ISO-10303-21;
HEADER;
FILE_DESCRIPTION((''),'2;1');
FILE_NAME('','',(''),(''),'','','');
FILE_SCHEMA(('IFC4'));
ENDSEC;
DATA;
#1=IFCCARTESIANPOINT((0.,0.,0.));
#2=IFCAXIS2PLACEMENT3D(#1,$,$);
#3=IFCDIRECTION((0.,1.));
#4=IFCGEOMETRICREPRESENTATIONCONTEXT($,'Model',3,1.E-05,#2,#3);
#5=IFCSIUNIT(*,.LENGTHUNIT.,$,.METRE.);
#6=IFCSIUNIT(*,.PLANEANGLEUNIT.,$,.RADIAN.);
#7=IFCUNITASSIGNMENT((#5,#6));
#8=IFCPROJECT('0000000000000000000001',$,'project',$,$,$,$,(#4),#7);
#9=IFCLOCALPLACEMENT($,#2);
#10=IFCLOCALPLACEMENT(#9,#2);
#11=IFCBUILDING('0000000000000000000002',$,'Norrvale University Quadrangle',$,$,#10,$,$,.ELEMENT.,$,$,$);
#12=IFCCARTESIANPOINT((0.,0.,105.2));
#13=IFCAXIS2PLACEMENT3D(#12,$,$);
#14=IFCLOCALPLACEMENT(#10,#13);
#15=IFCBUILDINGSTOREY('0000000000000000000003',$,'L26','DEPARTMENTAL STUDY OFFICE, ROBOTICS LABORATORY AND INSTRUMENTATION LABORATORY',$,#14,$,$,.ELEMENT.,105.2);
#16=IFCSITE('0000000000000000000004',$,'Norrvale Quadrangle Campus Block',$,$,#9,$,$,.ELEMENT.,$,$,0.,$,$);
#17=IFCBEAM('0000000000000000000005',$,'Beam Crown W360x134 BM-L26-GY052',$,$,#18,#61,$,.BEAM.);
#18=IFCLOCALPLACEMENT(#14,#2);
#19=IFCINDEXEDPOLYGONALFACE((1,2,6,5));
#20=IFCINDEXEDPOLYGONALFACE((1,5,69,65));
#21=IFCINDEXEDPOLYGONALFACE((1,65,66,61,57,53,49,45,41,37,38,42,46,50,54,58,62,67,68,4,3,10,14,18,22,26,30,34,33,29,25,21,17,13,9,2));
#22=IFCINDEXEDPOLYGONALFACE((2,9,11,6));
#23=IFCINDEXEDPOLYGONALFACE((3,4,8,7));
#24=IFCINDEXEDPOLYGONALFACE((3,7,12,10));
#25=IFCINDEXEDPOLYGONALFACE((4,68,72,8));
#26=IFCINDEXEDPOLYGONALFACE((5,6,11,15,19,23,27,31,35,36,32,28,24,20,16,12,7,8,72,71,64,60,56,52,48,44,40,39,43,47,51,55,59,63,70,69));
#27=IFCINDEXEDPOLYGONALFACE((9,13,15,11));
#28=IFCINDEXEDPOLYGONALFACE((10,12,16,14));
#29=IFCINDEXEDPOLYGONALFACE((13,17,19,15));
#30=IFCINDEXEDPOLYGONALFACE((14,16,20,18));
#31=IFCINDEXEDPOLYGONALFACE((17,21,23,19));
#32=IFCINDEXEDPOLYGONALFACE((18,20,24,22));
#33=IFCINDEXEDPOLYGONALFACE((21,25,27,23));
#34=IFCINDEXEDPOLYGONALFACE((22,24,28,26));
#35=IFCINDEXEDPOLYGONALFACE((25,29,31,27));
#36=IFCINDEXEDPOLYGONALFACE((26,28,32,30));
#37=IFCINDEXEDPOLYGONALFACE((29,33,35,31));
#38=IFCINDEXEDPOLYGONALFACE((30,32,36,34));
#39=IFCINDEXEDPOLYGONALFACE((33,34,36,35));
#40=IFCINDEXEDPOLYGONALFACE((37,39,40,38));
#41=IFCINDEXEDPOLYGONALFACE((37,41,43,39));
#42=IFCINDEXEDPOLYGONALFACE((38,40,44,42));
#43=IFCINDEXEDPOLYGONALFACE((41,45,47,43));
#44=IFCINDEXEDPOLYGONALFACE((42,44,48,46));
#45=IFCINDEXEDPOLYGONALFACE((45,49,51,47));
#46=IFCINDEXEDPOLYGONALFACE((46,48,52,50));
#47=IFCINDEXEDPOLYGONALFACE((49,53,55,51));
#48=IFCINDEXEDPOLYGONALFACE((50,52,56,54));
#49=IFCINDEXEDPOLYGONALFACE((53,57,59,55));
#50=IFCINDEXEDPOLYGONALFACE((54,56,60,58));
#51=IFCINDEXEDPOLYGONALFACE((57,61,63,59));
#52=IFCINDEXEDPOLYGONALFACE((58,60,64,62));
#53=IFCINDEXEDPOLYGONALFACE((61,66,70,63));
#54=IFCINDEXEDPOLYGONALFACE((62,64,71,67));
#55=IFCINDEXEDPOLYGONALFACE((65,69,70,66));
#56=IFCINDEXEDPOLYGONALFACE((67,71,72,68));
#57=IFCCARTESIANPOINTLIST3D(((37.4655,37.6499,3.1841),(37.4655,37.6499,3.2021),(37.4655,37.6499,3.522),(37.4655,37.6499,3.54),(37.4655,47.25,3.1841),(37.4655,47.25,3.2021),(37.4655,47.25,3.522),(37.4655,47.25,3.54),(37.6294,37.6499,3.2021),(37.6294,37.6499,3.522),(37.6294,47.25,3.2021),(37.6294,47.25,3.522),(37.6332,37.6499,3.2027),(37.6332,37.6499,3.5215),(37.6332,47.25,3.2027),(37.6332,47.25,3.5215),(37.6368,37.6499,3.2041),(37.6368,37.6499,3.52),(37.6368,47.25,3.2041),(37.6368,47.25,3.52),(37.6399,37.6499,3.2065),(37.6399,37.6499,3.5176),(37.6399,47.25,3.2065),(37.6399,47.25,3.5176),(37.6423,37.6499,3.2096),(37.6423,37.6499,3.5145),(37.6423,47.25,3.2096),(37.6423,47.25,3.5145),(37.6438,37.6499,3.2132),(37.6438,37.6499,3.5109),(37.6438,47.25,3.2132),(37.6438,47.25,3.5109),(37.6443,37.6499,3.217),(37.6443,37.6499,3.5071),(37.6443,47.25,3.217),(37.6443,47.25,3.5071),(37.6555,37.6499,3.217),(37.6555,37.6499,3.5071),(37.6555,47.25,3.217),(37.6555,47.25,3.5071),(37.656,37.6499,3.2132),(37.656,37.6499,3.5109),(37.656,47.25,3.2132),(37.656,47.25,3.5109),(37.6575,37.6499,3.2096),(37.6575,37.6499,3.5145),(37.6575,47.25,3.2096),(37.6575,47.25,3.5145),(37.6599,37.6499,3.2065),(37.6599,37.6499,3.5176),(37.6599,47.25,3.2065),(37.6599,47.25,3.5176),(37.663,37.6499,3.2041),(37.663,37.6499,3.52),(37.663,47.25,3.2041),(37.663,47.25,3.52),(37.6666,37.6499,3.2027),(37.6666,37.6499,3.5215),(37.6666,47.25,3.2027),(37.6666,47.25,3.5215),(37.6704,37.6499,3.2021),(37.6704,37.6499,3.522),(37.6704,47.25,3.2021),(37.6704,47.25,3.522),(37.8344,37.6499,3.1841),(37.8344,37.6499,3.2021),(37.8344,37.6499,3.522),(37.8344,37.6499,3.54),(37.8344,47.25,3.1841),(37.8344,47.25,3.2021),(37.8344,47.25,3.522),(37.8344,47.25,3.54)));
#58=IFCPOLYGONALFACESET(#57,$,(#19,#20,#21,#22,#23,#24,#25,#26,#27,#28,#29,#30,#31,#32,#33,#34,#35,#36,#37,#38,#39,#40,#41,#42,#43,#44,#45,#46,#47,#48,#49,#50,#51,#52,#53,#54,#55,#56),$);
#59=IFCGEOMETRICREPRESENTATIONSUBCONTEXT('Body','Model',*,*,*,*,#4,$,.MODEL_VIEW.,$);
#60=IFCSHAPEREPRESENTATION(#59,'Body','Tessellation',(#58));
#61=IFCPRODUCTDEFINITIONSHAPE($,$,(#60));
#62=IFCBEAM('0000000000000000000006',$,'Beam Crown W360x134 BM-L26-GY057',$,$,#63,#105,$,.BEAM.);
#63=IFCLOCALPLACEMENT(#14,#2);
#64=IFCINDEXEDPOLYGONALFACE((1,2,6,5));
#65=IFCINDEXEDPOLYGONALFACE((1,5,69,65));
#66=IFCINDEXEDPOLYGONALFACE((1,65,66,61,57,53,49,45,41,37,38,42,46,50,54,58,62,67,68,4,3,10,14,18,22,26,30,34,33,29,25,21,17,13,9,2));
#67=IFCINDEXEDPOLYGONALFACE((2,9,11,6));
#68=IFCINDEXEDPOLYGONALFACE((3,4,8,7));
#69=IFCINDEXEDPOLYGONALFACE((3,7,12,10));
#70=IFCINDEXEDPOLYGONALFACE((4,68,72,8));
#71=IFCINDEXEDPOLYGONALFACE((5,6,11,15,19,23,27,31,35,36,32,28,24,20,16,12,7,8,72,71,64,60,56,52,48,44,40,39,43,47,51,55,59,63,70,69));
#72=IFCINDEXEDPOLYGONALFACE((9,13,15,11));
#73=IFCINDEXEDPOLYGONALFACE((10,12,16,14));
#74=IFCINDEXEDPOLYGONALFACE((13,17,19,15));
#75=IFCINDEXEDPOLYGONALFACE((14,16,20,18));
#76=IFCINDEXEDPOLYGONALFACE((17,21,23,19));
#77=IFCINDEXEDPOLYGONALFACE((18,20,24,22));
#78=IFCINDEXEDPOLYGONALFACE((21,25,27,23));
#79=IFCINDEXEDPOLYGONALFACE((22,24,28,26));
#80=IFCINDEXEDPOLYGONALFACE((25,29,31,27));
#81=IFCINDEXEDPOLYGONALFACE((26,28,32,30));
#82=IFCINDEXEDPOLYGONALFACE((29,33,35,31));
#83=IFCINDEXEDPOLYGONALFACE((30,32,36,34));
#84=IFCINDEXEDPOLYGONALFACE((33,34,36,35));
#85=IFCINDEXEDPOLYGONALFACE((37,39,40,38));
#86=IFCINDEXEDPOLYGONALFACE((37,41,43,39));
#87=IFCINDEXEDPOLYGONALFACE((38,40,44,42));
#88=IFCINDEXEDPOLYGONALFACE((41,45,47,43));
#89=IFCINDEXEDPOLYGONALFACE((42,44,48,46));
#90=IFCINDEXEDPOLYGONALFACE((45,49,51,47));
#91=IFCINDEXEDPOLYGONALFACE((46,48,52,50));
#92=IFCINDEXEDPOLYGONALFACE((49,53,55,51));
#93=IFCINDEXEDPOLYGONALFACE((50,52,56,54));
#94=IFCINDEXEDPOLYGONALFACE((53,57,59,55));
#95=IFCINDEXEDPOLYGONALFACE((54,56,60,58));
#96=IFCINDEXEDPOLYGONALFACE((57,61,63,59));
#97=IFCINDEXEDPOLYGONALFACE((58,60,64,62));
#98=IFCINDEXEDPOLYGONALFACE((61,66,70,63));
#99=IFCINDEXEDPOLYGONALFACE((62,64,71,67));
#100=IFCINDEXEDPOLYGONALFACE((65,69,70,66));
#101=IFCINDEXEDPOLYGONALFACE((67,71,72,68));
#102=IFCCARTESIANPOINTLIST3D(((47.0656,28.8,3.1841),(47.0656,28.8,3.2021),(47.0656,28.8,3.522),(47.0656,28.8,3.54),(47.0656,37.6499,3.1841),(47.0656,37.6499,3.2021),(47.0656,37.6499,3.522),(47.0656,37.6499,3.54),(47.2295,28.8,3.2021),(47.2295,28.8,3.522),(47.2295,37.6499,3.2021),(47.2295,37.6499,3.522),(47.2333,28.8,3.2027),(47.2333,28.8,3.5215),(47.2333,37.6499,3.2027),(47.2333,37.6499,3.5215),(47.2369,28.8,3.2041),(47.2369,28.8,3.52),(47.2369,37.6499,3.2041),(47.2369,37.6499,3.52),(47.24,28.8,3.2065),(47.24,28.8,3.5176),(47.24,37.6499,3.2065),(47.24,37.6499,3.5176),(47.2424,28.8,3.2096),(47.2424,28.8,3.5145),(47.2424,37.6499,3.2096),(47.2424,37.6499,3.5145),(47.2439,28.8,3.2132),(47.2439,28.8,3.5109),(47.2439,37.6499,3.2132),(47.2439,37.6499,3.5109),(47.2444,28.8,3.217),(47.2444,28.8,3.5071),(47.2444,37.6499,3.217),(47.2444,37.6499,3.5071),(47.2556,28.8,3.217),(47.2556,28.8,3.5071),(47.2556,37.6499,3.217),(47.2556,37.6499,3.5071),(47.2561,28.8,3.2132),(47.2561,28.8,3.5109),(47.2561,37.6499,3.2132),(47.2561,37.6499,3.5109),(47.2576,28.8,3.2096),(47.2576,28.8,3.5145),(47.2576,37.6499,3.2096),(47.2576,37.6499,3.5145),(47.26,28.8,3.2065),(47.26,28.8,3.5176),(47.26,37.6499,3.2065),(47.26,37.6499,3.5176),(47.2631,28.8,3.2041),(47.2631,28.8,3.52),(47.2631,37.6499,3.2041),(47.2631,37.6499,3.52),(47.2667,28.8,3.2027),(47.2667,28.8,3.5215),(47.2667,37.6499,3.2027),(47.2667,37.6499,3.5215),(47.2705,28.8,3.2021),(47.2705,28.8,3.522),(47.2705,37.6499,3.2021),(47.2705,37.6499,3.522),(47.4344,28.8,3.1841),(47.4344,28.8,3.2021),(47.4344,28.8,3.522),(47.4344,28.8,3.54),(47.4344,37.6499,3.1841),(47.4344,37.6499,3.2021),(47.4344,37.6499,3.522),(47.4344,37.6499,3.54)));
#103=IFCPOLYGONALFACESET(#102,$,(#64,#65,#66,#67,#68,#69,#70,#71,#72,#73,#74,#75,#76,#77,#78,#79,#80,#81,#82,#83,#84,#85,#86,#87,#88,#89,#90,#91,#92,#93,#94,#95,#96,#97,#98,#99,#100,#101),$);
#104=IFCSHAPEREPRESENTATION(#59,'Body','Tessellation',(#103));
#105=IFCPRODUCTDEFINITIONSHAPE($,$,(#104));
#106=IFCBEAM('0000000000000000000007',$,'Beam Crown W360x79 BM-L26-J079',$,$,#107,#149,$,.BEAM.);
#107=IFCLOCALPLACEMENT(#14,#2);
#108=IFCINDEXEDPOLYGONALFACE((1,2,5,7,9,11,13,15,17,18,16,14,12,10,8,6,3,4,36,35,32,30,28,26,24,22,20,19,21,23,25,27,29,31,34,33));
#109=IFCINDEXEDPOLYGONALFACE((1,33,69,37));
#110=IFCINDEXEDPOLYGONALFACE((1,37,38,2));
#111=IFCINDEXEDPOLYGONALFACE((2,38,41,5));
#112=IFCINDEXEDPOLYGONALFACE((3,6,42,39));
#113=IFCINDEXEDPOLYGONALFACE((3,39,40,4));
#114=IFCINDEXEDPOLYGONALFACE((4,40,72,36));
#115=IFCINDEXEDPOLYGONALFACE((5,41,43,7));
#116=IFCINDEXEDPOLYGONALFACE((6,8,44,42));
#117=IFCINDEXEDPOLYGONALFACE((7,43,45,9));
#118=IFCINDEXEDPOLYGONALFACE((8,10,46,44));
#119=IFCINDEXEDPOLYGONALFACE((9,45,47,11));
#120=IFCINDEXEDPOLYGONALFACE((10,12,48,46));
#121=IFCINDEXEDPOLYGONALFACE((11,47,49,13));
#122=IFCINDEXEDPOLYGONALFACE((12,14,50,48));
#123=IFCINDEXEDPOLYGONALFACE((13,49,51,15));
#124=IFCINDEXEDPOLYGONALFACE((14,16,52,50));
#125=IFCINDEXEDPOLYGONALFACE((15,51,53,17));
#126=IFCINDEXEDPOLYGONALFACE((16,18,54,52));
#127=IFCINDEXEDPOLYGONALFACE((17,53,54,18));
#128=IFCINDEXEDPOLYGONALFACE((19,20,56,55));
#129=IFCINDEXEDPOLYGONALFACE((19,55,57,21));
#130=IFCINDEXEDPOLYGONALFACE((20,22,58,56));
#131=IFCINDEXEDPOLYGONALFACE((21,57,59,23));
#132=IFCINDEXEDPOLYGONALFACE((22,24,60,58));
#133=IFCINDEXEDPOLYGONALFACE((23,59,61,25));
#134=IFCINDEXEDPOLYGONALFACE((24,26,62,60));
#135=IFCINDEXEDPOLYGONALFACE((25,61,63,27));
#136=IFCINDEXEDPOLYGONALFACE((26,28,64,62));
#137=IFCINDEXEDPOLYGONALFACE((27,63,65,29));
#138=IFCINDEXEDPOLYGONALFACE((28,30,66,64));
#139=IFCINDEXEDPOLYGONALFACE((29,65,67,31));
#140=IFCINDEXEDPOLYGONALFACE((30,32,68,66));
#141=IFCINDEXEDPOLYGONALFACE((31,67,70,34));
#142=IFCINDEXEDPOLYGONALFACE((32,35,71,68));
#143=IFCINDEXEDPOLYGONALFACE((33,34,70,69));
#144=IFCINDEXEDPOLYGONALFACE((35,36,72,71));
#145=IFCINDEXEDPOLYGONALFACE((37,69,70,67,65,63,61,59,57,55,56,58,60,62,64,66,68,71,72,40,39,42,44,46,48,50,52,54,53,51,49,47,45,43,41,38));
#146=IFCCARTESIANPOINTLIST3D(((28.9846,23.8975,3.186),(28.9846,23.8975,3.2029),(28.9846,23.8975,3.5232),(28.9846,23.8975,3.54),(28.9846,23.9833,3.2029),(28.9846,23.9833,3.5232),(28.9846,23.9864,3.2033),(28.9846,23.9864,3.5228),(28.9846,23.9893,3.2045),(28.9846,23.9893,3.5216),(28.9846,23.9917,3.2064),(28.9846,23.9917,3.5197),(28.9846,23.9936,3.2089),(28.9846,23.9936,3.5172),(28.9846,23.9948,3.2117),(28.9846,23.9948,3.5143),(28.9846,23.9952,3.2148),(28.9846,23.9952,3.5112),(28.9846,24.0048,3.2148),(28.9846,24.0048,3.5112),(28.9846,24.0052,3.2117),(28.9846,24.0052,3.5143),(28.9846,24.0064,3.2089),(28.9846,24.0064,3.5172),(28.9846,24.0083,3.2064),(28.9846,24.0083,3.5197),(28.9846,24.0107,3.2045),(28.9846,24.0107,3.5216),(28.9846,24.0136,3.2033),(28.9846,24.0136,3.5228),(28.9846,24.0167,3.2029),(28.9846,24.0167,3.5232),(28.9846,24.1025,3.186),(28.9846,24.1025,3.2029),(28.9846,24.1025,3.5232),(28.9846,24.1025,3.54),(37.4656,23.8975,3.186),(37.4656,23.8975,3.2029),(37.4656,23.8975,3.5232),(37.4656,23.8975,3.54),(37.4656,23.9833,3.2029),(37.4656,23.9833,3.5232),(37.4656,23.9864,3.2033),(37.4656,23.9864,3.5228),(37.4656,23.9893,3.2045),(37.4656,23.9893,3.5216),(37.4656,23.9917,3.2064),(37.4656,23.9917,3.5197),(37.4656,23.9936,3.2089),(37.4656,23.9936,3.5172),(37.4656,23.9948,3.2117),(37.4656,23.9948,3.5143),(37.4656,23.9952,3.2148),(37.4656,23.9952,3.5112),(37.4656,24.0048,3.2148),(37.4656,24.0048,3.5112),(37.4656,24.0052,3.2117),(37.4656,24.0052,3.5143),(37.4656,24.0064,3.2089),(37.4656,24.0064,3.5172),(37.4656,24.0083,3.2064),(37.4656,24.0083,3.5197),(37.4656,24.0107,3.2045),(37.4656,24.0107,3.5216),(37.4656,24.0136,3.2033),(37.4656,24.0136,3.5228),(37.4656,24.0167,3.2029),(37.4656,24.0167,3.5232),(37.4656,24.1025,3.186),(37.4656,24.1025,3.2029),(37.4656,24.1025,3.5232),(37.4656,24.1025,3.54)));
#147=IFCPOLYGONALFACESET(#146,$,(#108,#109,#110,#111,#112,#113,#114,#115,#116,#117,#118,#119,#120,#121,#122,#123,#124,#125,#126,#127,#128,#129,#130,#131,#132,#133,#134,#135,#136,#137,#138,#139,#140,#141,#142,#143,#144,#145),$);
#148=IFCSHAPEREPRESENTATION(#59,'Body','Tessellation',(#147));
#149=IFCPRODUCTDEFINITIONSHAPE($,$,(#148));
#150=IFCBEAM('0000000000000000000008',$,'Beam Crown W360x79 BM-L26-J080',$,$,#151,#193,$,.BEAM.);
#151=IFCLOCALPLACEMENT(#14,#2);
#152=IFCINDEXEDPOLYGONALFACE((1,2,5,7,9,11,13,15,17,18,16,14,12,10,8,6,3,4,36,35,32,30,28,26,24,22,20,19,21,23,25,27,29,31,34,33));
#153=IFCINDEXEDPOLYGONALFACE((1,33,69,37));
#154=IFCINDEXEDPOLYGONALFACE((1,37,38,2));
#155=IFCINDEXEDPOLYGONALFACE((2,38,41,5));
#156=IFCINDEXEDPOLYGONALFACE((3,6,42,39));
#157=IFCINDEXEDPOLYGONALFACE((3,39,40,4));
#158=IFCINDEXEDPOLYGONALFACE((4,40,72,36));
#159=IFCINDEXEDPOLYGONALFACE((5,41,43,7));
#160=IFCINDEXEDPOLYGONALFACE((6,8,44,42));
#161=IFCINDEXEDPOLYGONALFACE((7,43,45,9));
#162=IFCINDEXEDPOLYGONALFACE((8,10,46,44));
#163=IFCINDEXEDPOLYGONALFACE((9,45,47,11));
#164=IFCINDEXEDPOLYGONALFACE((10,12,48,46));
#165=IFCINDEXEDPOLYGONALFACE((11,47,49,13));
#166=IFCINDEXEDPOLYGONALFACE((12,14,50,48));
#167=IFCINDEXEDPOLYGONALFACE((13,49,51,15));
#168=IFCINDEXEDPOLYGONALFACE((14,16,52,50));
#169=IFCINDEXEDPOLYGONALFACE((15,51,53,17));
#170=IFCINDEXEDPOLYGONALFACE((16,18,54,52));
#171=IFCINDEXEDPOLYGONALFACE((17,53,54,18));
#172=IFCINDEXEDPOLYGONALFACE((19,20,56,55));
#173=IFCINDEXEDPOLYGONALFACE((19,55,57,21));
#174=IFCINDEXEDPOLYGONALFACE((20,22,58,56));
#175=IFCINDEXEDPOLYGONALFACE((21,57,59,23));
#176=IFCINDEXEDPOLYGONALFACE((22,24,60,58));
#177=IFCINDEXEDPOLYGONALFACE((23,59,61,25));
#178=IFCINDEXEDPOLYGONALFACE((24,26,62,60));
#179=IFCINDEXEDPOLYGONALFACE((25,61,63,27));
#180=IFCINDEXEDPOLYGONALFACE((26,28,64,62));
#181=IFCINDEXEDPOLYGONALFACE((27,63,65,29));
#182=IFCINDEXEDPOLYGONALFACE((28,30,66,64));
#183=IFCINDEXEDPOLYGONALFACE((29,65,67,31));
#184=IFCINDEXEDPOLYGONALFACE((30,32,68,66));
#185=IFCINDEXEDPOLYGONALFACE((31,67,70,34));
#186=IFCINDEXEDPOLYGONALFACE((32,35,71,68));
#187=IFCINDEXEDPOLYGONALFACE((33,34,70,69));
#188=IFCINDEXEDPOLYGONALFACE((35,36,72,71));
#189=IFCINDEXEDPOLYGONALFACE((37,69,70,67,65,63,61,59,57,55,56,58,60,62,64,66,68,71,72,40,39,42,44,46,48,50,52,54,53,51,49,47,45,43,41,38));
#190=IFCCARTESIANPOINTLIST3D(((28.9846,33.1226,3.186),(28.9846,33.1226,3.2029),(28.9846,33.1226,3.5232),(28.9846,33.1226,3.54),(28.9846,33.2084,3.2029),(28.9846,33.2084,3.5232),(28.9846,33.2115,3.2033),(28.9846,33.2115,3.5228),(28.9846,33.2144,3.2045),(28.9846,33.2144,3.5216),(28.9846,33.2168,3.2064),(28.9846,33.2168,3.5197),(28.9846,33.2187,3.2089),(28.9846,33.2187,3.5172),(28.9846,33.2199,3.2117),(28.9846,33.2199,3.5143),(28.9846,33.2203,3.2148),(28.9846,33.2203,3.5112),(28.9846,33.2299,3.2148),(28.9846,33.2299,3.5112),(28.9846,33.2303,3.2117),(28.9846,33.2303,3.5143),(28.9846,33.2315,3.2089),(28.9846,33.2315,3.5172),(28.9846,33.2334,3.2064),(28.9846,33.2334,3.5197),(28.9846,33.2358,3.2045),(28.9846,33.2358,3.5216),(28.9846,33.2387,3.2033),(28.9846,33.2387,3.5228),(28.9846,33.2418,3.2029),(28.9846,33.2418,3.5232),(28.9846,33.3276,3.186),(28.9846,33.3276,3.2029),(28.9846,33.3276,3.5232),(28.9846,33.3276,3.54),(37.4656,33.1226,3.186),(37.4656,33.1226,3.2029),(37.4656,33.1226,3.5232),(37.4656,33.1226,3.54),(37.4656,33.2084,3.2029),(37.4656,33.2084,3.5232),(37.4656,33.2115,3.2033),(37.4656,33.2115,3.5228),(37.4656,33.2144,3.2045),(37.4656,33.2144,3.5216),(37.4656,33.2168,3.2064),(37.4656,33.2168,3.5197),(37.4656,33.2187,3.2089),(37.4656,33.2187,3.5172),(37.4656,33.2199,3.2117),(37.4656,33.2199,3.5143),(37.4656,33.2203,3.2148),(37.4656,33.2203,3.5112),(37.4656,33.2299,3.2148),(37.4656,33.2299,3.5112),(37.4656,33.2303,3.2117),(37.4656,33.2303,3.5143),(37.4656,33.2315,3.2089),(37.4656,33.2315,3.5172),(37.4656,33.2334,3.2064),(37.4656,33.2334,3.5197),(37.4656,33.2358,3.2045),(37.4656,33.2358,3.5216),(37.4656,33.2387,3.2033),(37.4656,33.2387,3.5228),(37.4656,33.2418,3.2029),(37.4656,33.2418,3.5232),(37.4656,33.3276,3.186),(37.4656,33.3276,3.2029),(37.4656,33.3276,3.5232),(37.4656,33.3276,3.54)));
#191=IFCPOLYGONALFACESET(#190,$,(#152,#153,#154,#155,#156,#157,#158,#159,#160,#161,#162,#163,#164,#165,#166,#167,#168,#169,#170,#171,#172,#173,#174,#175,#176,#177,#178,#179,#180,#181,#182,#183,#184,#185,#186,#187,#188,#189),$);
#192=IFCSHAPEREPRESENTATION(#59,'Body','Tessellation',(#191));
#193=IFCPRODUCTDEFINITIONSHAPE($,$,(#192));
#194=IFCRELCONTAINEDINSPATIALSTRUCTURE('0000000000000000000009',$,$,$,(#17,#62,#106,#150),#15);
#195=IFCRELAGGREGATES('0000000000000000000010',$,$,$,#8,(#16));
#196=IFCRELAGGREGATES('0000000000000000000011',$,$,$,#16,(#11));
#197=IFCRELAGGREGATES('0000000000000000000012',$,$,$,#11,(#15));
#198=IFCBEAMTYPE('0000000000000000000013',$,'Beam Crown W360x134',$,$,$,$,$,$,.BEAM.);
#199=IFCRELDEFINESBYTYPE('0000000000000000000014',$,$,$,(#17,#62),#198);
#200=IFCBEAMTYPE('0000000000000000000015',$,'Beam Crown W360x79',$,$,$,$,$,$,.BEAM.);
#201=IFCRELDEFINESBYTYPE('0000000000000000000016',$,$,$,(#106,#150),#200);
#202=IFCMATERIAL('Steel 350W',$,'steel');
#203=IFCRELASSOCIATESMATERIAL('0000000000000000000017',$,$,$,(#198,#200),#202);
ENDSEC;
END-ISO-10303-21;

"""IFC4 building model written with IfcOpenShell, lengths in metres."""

from ifc_helpers import new_model, si_unit, direction, frame, origin, origin_2d, place, context, subcontext, project, spatial, i_section, extrude, material, material_profile, profile_set, type_object, element, save


model = new_model("IFC4")

# Units and contexts
model_context = context("Model", 3, precision=1e-05, world=origin(), true_north=direction((0.0, 1.0)))
body_context = subcontext(model_context, "Body", "Model", "MODEL_VIEW")
ifc_project = project(units=[si_unit("LENGTHUNIT", "METRE"), si_unit("PLANEANGLEUNIT", "RADIAN")], contexts=[model_context])

# Site, building, storey
site_placement = place(None, origin())
site = spatial("IfcSite", under=ifc_project, at=site_placement, Name="Norrvale Quadrangle Campus Block", CompositionType="ELEMENT", RefElevation=0.0)
building_placement = place(site_placement, origin())
building = spatial("IfcBuilding", under=site, at=building_placement, Name="Norrvale University Quadrangle", CompositionType="ELEMENT")
storey_placement = place(building_placement, frame((0.0, 0.0, 105.2)))
storey = spatial("IfcBuildingStorey", under=building, at=storey_placement, Name="L26", Description="DEPARTMENTAL STUDY OFFICE, ROBOTICS LABORATORY AND INSTRUMENTATION LABORATORY", CompositionType="ELEMENT", Elevation=105.2)

# Beams
ifc_material_1 = material(Name="Steel 350W", Category="steel")
ifc_material_profile_1 = material_profile(ifc_material_1, i_section(OverallWidth=0.3689, OverallDepth=0.356, WebThickness=0.0112, FlangeThickness=0.0181, FilletRadius=0.0149, at=origin_2d()), Name="Steel 350W")
ifc_profile_set_1 = profile_set([ifc_material_profile_1], Name="Steel 350W")
beam_type_1 = type_object("IfcBeamType", Name="Beam Crown W360x134", PredefinedType="BEAM", material=ifc_profile_set_1)
beam_1_placement = place(storey_placement, frame((37.6499, 37.6499, 3.3621), z_axis=(0.0, 1.0, 0.0), x_axis=(-1.0, 0.0, 0.0)))
element("IfcBeam", 1, at=beam_1_placement, inside=storey, type_object=beam_type_1, Name="Beam Crown W360x134 BM-L26-GY052", PredefinedType="BEAM", context=body_context, shape_type="SweptSolid", body=[
    extrude(i_section(OverallWidth=0.3689, OverallDepth=0.356, WebThickness=0.0112, FlangeThickness=0.0181, FilletRadius=0.0149, at=origin_2d()), origin(), (0.0, 0.0, 1.0), 9.6001),
])
beam_2_placement = place(storey_placement, frame((47.25, 28.8, 3.3621), z_axis=(0.0, 1.0, 0.0), x_axis=(-1.0, 0.0, 0.0)))
element("IfcBeam", 2, at=beam_2_placement, inside=storey, type_object=beam_type_1, Name="Beam Crown W360x134 BM-L26-GY057", PredefinedType="BEAM", context=body_context, shape_type="SweptSolid", body=[
    extrude(i_section(OverallWidth=0.3689, OverallDepth=0.356, WebThickness=0.0112, FlangeThickness=0.0181, FilletRadius=0.0149, at=origin_2d()), origin(), (0.0, 0.0, 1.0), 8.8499),
])
ifc_material_profile_2 = material_profile(ifc_material_1, i_section(OverallWidth=0.2051, OverallDepth=0.354, WebThickness=0.0095, FlangeThickness=0.0168, FilletRadius=0.012, at=origin_2d()), Name="Steel 350W")
ifc_profile_set_2 = profile_set([ifc_material_profile_2], Name="Steel 350W")
beam_type_2 = type_object("IfcBeamType", Name="Beam Crown W360x79", PredefinedType="BEAM", material=ifc_profile_set_2)
for number, where, z_axis, x_axis, name in (
    (3, (28.9846, 24.0, 3.363), (1.0, 0.0, 0.0), (0.0, 1.0, 0.0), "Beam Crown W360x79 BM-L26-J079"),
    (4, (28.9846, 33.2251, 3.363), (1.0, 0.0, 0.0), (0.0, 1.0, 0.0), "Beam Crown W360x79 BM-L26-J080"),
):
    element("IfcBeam", number, at=place(storey_placement, frame(where, z_axis=z_axis, x_axis=x_axis)), inside=storey, type_object=beam_type_2, Name=name, PredefinedType="BEAM", context=body_context, shape_type="SweptSolid", body=[
        extrude(i_section(OverallWidth=0.2051, OverallDepth=0.354, WebThickness=0.0095, FlangeThickness=0.0168, FilletRadius=0.012, at=origin_2d()), origin(), (0.0, 0.0, 1.0), 8.481),
    ])

save(model, "model.ifc")
